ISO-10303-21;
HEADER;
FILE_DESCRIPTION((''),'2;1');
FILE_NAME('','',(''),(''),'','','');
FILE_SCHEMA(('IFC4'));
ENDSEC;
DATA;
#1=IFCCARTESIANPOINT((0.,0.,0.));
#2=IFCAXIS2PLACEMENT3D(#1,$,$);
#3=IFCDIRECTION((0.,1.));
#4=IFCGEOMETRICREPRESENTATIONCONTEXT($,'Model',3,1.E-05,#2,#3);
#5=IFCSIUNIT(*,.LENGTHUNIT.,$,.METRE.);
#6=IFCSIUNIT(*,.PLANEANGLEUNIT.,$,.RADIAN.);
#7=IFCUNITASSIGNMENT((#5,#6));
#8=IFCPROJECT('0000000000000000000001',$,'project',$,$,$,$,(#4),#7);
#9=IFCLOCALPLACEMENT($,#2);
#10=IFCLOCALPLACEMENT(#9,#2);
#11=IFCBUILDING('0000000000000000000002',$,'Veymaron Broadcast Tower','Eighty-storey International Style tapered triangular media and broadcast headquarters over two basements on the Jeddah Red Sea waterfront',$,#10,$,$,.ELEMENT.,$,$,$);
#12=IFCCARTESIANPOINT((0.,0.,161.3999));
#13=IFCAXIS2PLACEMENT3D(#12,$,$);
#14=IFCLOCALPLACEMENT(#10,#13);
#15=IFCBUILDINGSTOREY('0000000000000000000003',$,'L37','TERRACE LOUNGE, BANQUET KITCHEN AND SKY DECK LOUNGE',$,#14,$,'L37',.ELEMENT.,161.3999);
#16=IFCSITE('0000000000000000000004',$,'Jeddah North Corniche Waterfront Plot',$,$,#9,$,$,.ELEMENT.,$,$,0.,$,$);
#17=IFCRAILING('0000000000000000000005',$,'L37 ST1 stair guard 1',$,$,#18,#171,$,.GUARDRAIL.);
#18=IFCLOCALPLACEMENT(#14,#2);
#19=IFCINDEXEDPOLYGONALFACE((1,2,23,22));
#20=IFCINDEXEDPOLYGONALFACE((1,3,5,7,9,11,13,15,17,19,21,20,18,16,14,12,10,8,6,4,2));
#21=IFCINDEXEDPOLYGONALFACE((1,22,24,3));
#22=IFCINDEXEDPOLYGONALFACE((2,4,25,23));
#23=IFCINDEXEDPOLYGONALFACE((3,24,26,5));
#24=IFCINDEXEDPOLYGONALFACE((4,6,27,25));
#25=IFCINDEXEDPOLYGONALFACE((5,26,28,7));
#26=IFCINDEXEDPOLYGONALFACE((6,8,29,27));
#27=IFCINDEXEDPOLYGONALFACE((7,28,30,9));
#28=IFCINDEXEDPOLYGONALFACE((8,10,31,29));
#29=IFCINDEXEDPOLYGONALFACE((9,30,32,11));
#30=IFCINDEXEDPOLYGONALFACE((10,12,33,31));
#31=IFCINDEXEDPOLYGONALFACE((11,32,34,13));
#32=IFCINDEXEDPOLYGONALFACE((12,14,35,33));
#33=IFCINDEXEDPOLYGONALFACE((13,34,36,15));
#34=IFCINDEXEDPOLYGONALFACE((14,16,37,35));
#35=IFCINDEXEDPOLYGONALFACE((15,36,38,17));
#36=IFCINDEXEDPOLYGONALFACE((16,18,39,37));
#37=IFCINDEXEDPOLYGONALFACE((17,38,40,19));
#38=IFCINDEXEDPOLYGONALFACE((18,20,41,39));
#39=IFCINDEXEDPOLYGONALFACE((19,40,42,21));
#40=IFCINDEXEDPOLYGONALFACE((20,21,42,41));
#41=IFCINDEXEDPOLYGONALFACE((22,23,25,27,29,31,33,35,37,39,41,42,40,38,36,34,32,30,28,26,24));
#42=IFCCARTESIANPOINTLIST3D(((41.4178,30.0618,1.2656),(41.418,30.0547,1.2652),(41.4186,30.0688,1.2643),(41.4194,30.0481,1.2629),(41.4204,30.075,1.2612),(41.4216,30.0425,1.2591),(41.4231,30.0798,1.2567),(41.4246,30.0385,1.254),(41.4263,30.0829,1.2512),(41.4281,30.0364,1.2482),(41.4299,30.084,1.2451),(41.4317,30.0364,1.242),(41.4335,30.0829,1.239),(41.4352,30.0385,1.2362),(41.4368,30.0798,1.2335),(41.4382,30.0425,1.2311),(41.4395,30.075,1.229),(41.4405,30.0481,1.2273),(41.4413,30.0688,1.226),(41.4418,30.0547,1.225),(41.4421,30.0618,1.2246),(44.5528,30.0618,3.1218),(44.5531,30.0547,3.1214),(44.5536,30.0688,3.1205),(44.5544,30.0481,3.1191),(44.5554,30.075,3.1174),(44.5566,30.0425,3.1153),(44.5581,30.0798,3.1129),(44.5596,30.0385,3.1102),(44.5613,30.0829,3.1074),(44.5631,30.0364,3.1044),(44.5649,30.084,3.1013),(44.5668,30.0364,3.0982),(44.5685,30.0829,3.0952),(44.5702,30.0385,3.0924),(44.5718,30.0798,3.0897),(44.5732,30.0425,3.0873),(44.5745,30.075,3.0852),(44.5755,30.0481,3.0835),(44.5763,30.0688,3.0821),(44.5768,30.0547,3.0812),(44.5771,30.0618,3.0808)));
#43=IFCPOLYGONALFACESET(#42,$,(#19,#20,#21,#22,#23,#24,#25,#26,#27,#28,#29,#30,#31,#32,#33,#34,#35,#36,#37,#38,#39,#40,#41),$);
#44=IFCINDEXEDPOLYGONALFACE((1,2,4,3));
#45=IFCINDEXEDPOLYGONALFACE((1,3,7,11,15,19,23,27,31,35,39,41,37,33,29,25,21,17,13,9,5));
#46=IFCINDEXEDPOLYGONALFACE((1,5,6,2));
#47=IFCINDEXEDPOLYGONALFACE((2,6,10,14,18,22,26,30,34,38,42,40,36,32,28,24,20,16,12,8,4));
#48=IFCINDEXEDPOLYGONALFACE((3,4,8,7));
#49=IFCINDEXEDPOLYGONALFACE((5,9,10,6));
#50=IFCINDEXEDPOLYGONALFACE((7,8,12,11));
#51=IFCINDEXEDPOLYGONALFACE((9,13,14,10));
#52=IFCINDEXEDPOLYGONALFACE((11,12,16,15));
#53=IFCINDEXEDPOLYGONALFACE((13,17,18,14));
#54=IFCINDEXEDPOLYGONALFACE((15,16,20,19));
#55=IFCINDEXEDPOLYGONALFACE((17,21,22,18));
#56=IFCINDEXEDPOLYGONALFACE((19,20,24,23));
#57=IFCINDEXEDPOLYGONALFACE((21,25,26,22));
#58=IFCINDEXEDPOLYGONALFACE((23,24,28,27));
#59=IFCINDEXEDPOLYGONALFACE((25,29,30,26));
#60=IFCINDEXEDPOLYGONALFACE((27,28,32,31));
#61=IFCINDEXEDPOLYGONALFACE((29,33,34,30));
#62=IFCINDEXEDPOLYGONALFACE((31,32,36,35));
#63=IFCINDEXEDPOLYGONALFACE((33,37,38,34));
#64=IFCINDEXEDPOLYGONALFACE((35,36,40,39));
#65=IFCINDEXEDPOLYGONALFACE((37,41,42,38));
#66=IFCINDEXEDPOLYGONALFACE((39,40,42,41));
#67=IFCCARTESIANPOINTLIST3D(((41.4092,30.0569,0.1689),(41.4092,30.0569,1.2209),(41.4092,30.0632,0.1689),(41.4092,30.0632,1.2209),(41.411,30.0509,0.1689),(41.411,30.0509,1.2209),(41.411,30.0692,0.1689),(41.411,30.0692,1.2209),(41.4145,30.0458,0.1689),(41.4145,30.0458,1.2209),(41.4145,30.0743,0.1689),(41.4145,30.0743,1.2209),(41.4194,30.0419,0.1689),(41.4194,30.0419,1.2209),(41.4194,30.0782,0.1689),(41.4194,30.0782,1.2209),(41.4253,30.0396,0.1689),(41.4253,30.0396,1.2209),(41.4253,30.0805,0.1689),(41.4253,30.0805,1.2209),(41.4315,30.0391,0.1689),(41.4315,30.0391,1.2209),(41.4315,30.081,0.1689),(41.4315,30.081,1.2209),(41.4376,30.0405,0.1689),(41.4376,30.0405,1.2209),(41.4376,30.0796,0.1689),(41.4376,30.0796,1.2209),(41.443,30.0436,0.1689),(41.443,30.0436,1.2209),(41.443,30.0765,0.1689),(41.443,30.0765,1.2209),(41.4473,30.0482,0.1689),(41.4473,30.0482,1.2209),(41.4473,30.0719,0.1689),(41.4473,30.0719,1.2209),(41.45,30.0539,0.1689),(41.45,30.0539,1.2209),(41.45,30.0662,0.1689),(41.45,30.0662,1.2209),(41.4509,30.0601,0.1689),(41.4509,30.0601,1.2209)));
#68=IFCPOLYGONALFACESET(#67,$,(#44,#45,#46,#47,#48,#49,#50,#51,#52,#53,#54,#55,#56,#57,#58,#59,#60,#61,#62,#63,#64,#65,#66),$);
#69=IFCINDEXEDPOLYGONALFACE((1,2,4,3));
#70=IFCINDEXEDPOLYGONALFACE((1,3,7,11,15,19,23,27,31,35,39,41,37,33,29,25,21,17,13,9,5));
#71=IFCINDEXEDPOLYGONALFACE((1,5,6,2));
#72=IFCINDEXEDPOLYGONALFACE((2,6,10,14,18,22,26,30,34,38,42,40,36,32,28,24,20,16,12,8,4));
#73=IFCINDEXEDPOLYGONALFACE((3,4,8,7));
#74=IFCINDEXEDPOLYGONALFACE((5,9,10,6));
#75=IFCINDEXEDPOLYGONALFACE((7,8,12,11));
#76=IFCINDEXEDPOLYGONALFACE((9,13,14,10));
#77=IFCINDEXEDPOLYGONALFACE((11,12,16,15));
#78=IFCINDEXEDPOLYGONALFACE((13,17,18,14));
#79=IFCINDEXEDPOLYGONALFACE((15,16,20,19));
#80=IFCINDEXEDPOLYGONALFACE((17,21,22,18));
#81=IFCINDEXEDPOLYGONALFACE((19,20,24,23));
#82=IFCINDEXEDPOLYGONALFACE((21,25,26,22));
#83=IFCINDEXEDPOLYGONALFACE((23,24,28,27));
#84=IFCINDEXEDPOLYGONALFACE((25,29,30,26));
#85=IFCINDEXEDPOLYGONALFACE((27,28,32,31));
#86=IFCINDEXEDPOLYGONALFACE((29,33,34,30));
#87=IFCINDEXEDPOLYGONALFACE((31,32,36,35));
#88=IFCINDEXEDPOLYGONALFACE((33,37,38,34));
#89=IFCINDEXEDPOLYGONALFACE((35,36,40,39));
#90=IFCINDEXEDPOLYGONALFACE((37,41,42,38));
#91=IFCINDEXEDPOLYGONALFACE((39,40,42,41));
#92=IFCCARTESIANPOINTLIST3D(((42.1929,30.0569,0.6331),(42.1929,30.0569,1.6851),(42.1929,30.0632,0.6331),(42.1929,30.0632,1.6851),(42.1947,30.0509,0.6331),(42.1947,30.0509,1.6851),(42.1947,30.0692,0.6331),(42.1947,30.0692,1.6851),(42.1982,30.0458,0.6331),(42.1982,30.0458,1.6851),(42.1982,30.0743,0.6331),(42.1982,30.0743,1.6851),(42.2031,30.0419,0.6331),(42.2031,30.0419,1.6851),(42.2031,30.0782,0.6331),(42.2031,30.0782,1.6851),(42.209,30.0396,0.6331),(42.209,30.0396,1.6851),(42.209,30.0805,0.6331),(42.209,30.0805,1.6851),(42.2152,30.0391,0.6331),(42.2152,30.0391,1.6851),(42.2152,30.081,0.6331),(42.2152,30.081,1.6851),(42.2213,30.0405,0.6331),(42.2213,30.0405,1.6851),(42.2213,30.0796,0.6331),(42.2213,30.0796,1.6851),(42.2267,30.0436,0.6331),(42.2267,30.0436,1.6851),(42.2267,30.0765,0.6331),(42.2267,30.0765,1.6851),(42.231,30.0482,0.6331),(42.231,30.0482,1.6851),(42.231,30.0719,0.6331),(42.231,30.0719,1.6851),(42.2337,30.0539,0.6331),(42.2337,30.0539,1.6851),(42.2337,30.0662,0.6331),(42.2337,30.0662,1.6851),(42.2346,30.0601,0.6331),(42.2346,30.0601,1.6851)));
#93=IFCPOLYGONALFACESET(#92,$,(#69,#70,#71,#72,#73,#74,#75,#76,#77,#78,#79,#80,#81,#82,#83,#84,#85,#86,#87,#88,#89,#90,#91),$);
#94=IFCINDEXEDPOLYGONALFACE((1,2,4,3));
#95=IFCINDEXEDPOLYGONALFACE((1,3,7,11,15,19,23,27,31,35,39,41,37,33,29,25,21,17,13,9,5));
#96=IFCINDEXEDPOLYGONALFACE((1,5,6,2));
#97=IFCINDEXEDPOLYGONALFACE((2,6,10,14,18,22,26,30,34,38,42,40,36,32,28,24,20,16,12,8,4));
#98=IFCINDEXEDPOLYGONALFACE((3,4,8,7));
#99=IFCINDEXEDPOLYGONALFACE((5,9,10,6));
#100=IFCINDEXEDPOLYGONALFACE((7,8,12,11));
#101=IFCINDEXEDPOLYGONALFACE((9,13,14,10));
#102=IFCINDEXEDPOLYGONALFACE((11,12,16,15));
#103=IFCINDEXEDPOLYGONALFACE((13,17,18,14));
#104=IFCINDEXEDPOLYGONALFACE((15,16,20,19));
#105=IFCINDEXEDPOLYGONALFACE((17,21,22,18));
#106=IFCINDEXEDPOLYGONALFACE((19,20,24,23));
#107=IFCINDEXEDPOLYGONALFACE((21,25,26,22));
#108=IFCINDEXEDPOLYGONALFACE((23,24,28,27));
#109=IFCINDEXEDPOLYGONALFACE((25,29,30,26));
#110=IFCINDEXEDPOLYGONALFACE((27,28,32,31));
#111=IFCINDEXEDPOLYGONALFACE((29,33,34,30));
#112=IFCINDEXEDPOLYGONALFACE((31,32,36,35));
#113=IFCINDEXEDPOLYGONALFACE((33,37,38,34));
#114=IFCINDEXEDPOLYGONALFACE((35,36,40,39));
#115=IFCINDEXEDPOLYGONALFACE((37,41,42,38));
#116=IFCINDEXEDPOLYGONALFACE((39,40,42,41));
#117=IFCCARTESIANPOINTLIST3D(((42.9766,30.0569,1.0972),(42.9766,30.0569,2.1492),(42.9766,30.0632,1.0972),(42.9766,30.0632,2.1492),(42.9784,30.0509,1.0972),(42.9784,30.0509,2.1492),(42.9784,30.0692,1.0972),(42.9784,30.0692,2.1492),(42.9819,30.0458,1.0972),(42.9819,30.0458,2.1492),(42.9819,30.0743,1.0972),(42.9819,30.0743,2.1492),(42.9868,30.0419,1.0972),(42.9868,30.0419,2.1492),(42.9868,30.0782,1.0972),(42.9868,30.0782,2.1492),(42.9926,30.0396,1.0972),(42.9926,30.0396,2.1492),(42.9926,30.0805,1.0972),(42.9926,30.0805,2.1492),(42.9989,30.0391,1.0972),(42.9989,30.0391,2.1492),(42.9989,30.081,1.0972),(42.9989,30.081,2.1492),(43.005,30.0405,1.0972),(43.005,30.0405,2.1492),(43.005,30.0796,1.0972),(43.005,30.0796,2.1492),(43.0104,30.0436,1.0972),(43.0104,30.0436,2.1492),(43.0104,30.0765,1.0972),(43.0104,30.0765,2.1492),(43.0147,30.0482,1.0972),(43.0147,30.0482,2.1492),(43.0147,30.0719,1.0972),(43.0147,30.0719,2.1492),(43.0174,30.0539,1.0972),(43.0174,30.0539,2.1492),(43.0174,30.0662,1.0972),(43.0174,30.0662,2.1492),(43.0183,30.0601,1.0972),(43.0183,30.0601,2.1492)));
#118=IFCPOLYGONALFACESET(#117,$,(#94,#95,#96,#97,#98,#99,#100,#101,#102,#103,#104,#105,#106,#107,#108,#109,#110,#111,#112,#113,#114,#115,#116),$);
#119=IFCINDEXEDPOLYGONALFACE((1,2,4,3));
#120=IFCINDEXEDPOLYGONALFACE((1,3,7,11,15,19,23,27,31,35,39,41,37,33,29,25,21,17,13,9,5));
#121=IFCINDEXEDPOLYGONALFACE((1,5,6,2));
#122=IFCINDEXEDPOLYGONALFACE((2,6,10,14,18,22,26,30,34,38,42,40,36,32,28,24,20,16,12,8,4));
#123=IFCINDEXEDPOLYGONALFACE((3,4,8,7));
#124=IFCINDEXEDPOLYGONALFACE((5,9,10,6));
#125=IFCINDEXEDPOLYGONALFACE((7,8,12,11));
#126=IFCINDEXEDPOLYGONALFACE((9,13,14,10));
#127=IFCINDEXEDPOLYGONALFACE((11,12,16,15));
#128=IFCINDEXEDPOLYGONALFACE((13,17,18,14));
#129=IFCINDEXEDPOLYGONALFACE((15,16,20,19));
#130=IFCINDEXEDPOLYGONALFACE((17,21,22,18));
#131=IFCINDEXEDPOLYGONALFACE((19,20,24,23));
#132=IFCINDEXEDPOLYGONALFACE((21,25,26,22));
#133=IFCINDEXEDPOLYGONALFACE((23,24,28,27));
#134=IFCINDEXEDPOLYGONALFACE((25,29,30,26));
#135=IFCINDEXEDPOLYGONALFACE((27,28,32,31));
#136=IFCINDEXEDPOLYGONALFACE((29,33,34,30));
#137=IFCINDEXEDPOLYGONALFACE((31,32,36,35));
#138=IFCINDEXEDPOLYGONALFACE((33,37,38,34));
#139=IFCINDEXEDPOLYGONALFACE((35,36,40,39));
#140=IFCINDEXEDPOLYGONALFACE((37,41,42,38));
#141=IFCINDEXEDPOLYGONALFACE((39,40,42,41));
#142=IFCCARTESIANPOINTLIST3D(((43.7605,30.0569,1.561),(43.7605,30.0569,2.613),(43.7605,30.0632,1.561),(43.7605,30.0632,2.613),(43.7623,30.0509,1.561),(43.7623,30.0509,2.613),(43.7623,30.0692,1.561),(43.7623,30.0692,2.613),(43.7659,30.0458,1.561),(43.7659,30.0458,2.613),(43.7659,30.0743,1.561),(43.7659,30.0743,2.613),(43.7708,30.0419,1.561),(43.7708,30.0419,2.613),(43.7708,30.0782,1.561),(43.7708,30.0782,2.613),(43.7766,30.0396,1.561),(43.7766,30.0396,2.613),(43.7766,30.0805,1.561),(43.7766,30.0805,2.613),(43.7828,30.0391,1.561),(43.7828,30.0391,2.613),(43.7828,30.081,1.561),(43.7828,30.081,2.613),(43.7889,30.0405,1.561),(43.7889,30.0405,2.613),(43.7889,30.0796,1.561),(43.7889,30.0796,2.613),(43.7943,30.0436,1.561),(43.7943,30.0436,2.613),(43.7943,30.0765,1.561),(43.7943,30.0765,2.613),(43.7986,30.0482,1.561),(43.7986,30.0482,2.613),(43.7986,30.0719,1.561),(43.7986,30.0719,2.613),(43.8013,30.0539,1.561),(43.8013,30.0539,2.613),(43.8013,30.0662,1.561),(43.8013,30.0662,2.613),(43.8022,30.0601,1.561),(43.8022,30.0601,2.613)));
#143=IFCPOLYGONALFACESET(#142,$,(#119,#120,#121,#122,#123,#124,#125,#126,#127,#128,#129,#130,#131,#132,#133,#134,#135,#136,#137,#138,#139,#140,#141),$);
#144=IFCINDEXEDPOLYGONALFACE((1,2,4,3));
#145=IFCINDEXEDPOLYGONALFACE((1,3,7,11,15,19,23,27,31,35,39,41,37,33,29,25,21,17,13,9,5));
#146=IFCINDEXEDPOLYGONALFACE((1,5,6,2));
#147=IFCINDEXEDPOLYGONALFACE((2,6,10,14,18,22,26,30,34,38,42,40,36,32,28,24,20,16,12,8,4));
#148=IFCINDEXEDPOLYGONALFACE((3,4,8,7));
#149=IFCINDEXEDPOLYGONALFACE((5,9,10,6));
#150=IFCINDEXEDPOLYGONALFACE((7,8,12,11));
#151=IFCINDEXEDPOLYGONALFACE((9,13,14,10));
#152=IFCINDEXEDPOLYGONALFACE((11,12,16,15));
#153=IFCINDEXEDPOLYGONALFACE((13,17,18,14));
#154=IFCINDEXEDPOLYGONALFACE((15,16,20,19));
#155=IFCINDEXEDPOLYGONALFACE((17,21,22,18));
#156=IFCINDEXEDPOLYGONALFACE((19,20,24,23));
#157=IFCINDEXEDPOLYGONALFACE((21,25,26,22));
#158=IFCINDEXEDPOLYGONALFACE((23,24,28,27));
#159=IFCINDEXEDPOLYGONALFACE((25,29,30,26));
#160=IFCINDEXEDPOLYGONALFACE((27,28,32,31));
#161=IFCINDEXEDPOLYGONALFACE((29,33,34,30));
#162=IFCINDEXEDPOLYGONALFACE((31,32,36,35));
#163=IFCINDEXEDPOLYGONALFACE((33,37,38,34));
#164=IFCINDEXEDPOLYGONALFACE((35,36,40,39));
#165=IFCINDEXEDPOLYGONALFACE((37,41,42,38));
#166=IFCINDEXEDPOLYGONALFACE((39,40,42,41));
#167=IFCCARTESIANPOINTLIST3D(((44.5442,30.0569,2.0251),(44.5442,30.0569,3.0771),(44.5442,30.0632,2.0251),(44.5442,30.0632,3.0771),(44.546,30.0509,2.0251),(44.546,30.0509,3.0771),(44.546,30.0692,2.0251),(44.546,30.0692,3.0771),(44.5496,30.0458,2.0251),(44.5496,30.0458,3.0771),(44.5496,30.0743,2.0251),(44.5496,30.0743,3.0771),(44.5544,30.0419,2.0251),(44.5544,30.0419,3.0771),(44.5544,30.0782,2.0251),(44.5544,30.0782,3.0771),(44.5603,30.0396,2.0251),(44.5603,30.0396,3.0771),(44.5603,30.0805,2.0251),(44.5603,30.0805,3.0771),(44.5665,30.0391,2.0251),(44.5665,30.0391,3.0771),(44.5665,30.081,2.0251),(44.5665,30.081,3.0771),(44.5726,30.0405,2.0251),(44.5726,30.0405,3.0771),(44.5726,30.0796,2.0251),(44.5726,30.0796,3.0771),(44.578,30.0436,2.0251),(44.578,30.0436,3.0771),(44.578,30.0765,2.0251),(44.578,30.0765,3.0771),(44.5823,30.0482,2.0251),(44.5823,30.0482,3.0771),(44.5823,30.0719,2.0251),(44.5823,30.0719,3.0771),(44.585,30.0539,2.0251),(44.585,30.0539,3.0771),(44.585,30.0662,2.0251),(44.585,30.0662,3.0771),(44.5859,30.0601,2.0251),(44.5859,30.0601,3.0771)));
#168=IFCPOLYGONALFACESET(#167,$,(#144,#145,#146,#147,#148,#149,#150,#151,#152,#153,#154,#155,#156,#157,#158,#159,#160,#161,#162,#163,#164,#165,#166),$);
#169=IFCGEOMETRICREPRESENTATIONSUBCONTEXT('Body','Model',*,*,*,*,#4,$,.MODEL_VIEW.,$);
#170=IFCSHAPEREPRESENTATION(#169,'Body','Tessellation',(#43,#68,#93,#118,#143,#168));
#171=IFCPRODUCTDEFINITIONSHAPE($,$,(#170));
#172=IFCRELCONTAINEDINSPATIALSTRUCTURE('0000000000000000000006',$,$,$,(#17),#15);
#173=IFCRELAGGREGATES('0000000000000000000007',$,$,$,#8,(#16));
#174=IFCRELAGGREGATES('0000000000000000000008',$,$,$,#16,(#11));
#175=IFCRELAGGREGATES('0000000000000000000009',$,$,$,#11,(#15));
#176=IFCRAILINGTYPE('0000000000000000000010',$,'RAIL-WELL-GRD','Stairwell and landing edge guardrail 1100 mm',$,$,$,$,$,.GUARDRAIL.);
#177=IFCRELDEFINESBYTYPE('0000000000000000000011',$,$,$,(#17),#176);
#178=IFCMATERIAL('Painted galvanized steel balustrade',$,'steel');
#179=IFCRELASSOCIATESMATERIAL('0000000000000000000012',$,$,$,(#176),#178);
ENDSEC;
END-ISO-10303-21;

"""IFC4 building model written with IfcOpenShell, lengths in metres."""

from ifc_helpers import new_model, si_unit, direction, frame, origin, origin_2d, place, context, subcontext, project, spatial, circle, extrude, material, type_object, element, save


model = new_model("IFC4")

# Units and contexts
model_context = context("Model", 3, precision=1e-05, world=origin(), true_north=direction((0.0, 1.0)))
body_context = subcontext(model_context, "Body", "Model", "MODEL_VIEW")
ifc_project = project(units=[si_unit("LENGTHUNIT", "METRE"), si_unit("PLANEANGLEUNIT", "RADIAN")], contexts=[model_context])

# Site, building, storey
site_placement = place(None, origin())
site = spatial("IfcSite", under=ifc_project, at=site_placement, Name="Jeddah North Corniche Waterfront Plot", CompositionType="ELEMENT", RefElevation=0.0)
building_placement = place(site_placement, origin())
building = spatial("IfcBuilding", under=site, at=building_placement, Name="Veymaron Broadcast Tower", Description="Eighty-storey International Style tapered triangular media and broadcast headquarters over two basements on the Jeddah Red Sea waterfront", CompositionType="ELEMENT")
storey_placement = place(building_placement, frame((0.0, 0.0, 161.3999)))
storey = spatial("IfcBuildingStorey", under=building, at=storey_placement, Name="L37", Description="TERRACE LOUNGE, BANQUET KITCHEN AND SKY DECK LOUNGE", LongName="L37", CompositionType="ELEMENT", Elevation=161.3999)

# Railing
ifc_material_1 = material(Name="Painted galvanized steel balustrade", Category="steel")
railing_type_1 = type_object("IfcRailingType", Name="RAIL-WELL-GRD", Description="Stairwell and landing edge guardrail 1100 mm", PredefinedType="GUARDRAIL", material=ifc_material_1)
railing_1_placement = place(storey_placement, frame((41.4299, 30.0601, 0.1689)))
element("IfcRailing", 1, at=railing_1_placement, inside=storey, type_object=railing_type_1, Name="L37 ST1 stair guard 1", PredefinedType="GUARDRAIL", context=body_context, shape_type="SweptSolid", body=[
    extrude(circle(Radius=0.0239, at=origin_2d()), frame((0.0, 0.0, 1.0762), z_axis=(0.860482, 0.0, 0.509481), x_axis=(0.0, 1.0, 0.0)), (0.0, 0.0, 1.0), 3.6433),
    extrude(circle(Radius=0.021, at=origin_2d()), origin(), (0.0, 0.0, 1.0), 1.052),
    extrude(circle(Radius=0.021, at=origin_2d()), frame((0.7837, 0.0, 0.4641)), (0.0, 0.0, 1.0), 1.052),
    extrude(circle(Radius=0.021, at=origin_2d()), frame((1.5674, 0.0, 0.9282)), (0.0, 0.0, 1.0), 1.052),
    extrude(circle(Radius=0.021, at=origin_2d()), frame((2.3513, 0.0, 1.3921)), (0.0, 0.0, 1.0), 1.052),
    extrude(circle(Radius=0.021, at=origin_2d()), frame((3.135, 0.0, 1.8562)), (0.0, 0.0, 1.0), 1.052),
])

save(model, "model.ifc")
